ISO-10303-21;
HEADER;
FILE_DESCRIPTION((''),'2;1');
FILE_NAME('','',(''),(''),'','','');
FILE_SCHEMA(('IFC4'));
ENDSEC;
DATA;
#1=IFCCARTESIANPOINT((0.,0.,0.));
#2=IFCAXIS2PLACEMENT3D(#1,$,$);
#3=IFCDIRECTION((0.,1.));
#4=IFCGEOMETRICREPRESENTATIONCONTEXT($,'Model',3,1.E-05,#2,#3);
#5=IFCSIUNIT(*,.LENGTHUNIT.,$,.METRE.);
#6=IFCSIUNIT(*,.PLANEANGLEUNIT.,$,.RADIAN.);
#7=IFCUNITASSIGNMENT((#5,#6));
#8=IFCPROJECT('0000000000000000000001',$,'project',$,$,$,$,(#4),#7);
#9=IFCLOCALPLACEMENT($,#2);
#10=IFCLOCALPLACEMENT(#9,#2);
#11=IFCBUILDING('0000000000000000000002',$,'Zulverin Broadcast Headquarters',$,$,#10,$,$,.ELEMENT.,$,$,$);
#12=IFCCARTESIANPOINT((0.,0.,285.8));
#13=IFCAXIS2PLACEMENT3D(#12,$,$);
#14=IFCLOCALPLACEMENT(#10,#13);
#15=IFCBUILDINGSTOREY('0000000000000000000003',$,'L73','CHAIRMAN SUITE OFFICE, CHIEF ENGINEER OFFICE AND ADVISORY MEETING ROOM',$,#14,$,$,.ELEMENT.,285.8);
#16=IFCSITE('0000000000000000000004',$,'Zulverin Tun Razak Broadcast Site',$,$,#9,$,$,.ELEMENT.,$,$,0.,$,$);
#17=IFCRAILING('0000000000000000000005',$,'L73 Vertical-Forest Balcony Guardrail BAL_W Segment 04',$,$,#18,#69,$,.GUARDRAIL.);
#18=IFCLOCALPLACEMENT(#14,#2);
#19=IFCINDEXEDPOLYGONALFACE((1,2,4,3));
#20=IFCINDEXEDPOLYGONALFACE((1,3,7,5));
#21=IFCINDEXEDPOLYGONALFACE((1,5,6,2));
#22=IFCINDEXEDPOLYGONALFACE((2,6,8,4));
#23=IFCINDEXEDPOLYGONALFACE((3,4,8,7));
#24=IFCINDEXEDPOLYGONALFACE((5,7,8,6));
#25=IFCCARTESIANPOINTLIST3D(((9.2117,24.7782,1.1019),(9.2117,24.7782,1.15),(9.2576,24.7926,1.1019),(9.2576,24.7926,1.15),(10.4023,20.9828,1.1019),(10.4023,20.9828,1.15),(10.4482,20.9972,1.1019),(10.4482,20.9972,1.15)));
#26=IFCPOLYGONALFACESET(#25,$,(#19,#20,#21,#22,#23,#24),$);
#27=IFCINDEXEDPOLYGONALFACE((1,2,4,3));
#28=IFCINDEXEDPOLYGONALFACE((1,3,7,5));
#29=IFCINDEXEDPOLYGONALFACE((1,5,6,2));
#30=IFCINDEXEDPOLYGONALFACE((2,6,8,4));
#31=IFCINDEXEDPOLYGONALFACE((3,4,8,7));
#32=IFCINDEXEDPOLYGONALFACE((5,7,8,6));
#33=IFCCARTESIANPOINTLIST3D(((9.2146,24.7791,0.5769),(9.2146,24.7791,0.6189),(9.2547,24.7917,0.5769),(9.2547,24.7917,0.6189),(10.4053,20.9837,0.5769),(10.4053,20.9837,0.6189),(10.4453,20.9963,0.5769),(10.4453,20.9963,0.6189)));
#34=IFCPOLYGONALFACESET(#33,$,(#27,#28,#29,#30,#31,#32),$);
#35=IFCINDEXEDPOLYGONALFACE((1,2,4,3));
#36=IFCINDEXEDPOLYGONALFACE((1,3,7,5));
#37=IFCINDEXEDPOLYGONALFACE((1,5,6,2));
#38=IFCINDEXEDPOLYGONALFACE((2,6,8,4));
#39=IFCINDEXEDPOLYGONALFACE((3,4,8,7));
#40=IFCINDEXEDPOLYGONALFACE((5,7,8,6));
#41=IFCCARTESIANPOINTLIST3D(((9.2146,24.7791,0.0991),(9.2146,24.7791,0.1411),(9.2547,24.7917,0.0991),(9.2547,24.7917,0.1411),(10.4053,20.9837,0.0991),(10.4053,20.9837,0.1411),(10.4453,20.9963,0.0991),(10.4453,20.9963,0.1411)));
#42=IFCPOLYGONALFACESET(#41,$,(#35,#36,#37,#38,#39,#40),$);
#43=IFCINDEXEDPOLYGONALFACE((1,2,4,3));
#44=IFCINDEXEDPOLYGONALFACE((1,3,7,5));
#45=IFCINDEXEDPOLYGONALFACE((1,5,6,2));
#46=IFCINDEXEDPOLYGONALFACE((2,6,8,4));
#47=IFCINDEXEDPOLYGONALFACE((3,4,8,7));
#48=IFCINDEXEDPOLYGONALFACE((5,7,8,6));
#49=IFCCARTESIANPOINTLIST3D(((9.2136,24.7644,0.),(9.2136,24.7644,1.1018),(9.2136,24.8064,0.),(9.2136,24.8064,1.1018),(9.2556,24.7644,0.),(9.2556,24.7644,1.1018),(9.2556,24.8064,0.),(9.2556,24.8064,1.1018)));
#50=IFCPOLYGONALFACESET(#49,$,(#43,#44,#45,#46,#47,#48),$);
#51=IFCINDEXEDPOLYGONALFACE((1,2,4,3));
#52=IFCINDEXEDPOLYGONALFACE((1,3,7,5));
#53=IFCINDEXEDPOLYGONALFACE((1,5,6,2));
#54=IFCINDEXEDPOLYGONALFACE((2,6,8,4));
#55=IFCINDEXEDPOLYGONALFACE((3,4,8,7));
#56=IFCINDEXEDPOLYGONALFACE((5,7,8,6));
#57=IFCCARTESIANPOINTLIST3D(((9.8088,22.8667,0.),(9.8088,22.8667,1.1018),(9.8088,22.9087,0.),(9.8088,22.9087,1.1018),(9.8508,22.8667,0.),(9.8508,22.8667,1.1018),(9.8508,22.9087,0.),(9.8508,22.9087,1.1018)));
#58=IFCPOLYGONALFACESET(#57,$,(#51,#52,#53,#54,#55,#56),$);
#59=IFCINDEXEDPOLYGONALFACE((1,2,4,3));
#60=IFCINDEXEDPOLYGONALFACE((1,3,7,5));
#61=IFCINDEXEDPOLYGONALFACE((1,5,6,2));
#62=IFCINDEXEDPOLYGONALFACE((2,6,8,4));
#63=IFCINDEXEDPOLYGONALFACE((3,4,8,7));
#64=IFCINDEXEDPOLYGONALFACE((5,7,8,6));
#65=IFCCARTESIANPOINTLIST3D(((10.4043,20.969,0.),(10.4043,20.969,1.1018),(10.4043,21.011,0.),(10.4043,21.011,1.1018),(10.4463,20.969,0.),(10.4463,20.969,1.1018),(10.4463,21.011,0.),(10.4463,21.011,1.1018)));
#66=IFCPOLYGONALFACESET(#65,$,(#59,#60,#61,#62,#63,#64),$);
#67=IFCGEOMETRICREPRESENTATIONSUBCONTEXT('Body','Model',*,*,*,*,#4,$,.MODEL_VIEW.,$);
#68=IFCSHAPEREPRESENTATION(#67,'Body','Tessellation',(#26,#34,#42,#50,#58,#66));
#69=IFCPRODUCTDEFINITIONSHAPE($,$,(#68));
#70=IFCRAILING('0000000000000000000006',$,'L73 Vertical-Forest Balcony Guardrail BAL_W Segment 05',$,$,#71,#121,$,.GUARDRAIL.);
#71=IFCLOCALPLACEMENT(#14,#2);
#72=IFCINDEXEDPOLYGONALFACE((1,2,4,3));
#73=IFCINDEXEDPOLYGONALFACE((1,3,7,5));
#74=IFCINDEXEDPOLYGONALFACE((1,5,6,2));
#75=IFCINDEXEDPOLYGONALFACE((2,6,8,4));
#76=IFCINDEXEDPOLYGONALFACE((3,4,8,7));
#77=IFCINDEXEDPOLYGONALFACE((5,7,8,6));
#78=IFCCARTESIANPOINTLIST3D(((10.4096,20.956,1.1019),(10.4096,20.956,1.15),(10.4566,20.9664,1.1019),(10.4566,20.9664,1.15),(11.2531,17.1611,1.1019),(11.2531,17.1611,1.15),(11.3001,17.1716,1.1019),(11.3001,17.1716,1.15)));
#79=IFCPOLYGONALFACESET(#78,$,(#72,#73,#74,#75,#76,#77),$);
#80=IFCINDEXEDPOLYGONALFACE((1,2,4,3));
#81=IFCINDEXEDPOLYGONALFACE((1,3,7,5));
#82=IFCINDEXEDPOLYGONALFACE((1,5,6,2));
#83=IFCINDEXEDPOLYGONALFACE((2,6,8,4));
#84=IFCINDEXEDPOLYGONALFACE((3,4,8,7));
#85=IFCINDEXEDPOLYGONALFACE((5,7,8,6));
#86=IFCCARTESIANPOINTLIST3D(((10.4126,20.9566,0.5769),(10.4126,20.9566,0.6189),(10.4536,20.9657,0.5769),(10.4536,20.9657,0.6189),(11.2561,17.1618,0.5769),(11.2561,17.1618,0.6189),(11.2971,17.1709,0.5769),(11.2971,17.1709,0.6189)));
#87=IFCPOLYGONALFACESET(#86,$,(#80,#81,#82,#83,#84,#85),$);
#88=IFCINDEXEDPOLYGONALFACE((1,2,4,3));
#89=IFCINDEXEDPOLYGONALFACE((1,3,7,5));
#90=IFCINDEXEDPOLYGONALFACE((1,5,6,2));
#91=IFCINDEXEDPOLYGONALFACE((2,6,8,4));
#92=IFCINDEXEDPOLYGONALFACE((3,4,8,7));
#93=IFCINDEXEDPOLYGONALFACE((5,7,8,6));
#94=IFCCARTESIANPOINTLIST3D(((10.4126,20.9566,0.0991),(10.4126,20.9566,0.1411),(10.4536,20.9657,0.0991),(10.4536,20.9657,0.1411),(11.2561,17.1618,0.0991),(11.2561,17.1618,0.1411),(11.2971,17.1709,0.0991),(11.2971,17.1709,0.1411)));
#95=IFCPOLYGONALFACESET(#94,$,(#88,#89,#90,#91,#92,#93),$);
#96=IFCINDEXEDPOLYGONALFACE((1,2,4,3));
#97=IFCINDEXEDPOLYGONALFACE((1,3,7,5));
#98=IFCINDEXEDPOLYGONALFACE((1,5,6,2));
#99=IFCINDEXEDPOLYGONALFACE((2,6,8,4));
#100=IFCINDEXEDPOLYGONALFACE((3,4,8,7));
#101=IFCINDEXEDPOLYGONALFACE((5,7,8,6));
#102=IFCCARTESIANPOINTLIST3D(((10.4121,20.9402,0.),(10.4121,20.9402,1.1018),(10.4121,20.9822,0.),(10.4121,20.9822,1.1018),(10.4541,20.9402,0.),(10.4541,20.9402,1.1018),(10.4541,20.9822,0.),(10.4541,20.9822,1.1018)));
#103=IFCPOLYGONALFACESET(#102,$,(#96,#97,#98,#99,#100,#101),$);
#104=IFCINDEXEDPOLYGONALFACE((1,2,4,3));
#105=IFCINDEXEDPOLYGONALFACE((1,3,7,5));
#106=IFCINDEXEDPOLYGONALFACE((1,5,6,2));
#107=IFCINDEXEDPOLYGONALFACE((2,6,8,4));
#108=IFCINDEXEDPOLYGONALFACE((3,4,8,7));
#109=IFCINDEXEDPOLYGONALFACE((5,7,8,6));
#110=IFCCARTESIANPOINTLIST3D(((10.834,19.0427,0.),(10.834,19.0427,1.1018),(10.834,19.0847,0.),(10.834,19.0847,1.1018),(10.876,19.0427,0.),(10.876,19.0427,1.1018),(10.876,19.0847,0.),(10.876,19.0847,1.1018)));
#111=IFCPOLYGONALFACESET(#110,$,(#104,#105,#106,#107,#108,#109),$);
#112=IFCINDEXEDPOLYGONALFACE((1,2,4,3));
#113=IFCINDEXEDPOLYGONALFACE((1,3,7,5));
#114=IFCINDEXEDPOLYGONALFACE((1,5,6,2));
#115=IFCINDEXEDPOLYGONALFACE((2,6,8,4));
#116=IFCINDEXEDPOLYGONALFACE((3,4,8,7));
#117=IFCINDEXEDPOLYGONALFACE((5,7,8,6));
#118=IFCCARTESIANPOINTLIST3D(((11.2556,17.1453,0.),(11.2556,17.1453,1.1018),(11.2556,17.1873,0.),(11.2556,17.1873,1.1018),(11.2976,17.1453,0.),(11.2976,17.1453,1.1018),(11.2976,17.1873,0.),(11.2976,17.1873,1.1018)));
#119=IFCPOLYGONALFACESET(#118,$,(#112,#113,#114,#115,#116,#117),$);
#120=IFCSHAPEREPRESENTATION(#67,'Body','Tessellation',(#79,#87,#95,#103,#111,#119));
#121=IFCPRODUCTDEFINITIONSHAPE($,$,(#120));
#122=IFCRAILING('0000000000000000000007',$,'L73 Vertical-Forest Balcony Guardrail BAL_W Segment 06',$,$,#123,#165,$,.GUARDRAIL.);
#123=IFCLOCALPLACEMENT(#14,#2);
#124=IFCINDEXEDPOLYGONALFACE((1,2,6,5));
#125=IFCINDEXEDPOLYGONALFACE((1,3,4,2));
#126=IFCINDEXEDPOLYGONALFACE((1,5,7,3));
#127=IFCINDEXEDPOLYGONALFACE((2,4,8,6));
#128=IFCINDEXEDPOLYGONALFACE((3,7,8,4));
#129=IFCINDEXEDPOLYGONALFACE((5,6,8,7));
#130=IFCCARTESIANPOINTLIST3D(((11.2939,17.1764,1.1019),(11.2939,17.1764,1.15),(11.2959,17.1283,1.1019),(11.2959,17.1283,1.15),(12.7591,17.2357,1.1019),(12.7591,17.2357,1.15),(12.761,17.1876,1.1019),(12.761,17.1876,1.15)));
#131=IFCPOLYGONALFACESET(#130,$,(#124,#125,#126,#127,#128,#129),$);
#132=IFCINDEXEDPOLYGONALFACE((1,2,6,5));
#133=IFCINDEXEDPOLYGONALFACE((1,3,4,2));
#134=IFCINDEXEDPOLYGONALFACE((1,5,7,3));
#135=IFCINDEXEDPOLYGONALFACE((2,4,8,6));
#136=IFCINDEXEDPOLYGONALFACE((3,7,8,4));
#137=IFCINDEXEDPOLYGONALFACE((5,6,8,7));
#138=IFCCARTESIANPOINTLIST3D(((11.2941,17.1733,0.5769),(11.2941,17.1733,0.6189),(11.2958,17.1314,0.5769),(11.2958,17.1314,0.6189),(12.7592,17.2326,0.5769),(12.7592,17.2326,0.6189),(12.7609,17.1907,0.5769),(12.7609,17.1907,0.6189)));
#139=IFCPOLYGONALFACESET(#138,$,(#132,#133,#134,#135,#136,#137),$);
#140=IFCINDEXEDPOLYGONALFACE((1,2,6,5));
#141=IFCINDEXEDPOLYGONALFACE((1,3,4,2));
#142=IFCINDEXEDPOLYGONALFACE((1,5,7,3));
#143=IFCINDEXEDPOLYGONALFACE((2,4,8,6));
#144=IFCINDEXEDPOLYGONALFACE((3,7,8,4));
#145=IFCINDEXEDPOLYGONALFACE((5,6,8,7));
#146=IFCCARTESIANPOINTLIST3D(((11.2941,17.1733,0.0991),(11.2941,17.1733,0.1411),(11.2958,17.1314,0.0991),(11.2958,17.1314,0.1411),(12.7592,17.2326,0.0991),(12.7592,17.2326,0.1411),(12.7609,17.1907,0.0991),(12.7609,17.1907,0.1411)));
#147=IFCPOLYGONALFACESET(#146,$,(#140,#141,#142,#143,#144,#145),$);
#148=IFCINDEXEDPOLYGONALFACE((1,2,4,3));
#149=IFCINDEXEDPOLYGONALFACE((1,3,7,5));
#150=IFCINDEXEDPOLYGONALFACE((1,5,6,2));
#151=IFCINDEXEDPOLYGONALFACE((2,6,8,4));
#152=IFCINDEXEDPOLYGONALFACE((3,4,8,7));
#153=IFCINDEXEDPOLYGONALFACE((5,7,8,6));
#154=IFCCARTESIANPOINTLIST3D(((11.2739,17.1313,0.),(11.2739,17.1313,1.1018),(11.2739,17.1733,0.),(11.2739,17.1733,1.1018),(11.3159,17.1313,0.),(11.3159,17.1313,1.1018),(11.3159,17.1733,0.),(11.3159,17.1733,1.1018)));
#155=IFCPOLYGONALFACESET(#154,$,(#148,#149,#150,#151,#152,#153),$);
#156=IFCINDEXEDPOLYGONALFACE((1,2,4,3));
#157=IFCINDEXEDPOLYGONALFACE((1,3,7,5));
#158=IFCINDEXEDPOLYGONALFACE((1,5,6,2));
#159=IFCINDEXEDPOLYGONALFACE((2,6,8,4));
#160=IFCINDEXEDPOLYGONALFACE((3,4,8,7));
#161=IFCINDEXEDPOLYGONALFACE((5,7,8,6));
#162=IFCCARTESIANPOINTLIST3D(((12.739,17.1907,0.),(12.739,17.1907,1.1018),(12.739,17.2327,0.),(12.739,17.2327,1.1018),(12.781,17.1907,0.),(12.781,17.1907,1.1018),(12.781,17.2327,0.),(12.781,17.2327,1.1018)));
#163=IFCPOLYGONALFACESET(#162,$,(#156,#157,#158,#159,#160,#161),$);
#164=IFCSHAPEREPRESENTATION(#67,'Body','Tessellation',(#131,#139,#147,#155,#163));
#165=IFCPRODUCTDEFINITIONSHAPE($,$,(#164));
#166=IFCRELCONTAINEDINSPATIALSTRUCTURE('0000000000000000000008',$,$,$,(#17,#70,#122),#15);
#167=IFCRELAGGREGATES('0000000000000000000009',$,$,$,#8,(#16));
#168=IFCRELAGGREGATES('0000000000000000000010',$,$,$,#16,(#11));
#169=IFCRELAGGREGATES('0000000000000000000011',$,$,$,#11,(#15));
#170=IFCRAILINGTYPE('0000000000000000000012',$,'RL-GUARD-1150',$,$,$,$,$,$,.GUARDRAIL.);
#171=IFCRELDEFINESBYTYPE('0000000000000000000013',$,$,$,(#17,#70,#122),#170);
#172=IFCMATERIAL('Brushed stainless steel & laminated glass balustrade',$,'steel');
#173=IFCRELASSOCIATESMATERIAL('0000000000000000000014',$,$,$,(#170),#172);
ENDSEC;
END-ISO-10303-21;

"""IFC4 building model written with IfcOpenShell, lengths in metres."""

from ifc_helpers import new_model, si_unit, direction, frame, origin, origin_2d, place, context, subcontext, project, spatial, rectangle, extrude, material, type_object, element, save


model = new_model("IFC4")

# Units and contexts
model_context = context("Model", 3, precision=1e-05, world=origin(), true_north=direction((0.0, 1.0)))
body_context = subcontext(model_context, "Body", "Model", "MODEL_VIEW")
ifc_project = project(units=[si_unit("LENGTHUNIT", "METRE"), si_unit("PLANEANGLEUNIT", "RADIAN")], contexts=[model_context])

# Site, building, storey
site_placement = place(None, origin())
site = spatial("IfcSite", under=ifc_project, at=site_placement, Name="Zulverin Tun Razak Broadcast Site", CompositionType="ELEMENT", RefElevation=0.0)
building_placement = place(site_placement, origin())
building = spatial("IfcBuilding", under=site, at=building_placement, Name="Zulverin Broadcast Headquarters", CompositionType="ELEMENT")
storey_placement = place(building_placement, frame((0.0, 0.0, 285.8)))
storey = spatial("IfcBuildingStorey", under=building, at=storey_placement, Name="L73", Description="CHAIRMAN SUITE OFFICE, CHIEF ENGINEER OFFICE AND ADVISORY MEETING ROOM", CompositionType="ELEMENT", Elevation=285.8)

# Railings
ifc_material_1 = material(Name="Brushed stainless steel & laminated glass balustrade", Category="steel")
railing_type = type_object("IfcRailingType", Name="RL-GUARD-1150", PredefinedType="GUARDRAIL", material=ifc_material_1)
railing_1_placement = place(storey_placement, frame((9.2346, 24.7854, 0.0)))
element("IfcRailing", 1, at=railing_1_placement, inside=storey, type_object=railing_type, Name="L73 Vertical-Forest Balcony Guardrail BAL_W Segment 04", PredefinedType="GUARDRAIL", context=body_context, shape_type="SweptSolid", body=[
    extrude(rectangle(XDim=0.0481, YDim=0.0481, at=origin_2d()), frame((0.0, 0.0, 1.126), z_axis=(0.29933, -0.95415, 0.0), x_axis=(0.95415, 0.29933, 0.0)), (0.0, 0.0, 1.0), 3.9778),
    extrude(rectangle(XDim=0.042, YDim=0.042, at=origin_2d()), frame((0.0, 0.0, 0.5979), z_axis=(0.29933, -0.95415, 0.0), x_axis=(0.95415, 0.29933, 0.0)), (0.0, 0.0, 1.0), 3.9778),
    extrude(rectangle(XDim=0.042, YDim=0.042, at=origin_2d()), frame((0.0, 0.0, 0.1201), z_axis=(0.29933, -0.95415, 0.0), x_axis=(0.95415, 0.29933, 0.0)), (0.0, 0.0, 1.0), 3.9778),
    extrude(rectangle(XDim=0.042, YDim=0.042, at=origin_2d()), origin(), (0.0, 0.0, 1.0), 1.1018),
    extrude(rectangle(XDim=0.042, YDim=0.042, at=origin_2d()), frame((0.5952, -1.8977, 0.0)), (0.0, 0.0, 1.0), 1.1018),
    extrude(rectangle(XDim=0.042, YDim=0.042, at=origin_2d()), frame((1.1907, -3.7954, 0.0)), (0.0, 0.0, 1.0), 1.1018),
])
railing_2_placement = place(storey_placement, frame((10.4331, 20.9612, 0.0)))
element("IfcRailing", 2, at=railing_2_placement, inside=storey, type_object=railing_type, Name="L73 Vertical-Forest Balcony Guardrail BAL_W Segment 05", PredefinedType="GUARDRAIL", context=body_context, shape_type="SweptSolid", body=[
    extrude(rectangle(XDim=0.0481, YDim=0.0481, at=origin_2d()), frame((0.0, 0.0, 1.126), z_axis=(0.216977, -0.976177, 0.0), x_axis=(0.976177, 0.216977, 0.0)), (0.0, 0.0, 1.0), 3.8875),
    extrude(rectangle(XDim=0.042, YDim=0.042, at=origin_2d()), frame((0.0, 0.0, 0.5979), z_axis=(0.216977, -0.976177, 0.0), x_axis=(0.976177, 0.216977, 0.0)), (0.0, 0.0, 1.0), 3.8875),
    extrude(rectangle(XDim=0.042, YDim=0.042, at=origin_2d()), frame((0.0, 0.0, 0.1201), z_axis=(0.216977, -0.976177, 0.0), x_axis=(0.976177, 0.216977, 0.0)), (0.0, 0.0, 1.0), 3.8875),
    extrude(rectangle(XDim=0.042, YDim=0.042, at=origin_2d()), origin(), (0.0, 0.0, 1.0), 1.1018),
    extrude(rectangle(XDim=0.042, YDim=0.042, at=origin_2d()), frame((0.4219, -1.8975, 0.0)), (0.0, 0.0, 1.0), 1.1018),
    extrude(rectangle(XDim=0.042, YDim=0.042, at=origin_2d()), frame((0.8435, -3.7949, 0.0)), (0.0, 0.0, 1.0), 1.1018),
])
railing_3_placement = place(storey_placement, frame((11.2949, 17.1523, 0.0)))
element("IfcRailing", 3, at=railing_3_placement, inside=storey, type_object=railing_type, Name="L73 Vertical-Forest Balcony Guardrail BAL_W Segment 06", PredefinedType="GUARDRAIL", context=body_context, shape_type="SweptSolid", body=[
    extrude(rectangle(XDim=0.0481, YDim=0.0481, at=origin_2d()), frame((0.0, 0.0, 1.126), z_axis=(0.999181, 0.04046, 0.0), x_axis=(-0.04046, 0.999181, 0.0)), (0.0, 0.0, 1.0), 1.4663),
    extrude(rectangle(XDim=0.042, YDim=0.042, at=origin_2d()), frame((0.0, 0.0, 0.5979), z_axis=(0.999181, 0.04046, 0.0), x_axis=(-0.04046, 0.999181, 0.0)), (0.0, 0.0, 1.0), 1.4663),
    extrude(rectangle(XDim=0.042, YDim=0.042, at=origin_2d()), frame((0.0, 0.0, 0.1201), z_axis=(0.999181, 0.04046, 0.0), x_axis=(-0.04046, 0.999181, 0.0)), (0.0, 0.0, 1.0), 1.4663),
    extrude(rectangle(XDim=0.042, YDim=0.042, at=origin_2d()), origin(), (0.0, 0.0, 1.0), 1.1018),
    extrude(rectangle(XDim=0.042, YDim=0.042, at=origin_2d()), frame((1.4651, 0.0593, 0.0)), (0.0, 0.0, 1.0), 1.1018),
])

save(model, "model.ifc")
